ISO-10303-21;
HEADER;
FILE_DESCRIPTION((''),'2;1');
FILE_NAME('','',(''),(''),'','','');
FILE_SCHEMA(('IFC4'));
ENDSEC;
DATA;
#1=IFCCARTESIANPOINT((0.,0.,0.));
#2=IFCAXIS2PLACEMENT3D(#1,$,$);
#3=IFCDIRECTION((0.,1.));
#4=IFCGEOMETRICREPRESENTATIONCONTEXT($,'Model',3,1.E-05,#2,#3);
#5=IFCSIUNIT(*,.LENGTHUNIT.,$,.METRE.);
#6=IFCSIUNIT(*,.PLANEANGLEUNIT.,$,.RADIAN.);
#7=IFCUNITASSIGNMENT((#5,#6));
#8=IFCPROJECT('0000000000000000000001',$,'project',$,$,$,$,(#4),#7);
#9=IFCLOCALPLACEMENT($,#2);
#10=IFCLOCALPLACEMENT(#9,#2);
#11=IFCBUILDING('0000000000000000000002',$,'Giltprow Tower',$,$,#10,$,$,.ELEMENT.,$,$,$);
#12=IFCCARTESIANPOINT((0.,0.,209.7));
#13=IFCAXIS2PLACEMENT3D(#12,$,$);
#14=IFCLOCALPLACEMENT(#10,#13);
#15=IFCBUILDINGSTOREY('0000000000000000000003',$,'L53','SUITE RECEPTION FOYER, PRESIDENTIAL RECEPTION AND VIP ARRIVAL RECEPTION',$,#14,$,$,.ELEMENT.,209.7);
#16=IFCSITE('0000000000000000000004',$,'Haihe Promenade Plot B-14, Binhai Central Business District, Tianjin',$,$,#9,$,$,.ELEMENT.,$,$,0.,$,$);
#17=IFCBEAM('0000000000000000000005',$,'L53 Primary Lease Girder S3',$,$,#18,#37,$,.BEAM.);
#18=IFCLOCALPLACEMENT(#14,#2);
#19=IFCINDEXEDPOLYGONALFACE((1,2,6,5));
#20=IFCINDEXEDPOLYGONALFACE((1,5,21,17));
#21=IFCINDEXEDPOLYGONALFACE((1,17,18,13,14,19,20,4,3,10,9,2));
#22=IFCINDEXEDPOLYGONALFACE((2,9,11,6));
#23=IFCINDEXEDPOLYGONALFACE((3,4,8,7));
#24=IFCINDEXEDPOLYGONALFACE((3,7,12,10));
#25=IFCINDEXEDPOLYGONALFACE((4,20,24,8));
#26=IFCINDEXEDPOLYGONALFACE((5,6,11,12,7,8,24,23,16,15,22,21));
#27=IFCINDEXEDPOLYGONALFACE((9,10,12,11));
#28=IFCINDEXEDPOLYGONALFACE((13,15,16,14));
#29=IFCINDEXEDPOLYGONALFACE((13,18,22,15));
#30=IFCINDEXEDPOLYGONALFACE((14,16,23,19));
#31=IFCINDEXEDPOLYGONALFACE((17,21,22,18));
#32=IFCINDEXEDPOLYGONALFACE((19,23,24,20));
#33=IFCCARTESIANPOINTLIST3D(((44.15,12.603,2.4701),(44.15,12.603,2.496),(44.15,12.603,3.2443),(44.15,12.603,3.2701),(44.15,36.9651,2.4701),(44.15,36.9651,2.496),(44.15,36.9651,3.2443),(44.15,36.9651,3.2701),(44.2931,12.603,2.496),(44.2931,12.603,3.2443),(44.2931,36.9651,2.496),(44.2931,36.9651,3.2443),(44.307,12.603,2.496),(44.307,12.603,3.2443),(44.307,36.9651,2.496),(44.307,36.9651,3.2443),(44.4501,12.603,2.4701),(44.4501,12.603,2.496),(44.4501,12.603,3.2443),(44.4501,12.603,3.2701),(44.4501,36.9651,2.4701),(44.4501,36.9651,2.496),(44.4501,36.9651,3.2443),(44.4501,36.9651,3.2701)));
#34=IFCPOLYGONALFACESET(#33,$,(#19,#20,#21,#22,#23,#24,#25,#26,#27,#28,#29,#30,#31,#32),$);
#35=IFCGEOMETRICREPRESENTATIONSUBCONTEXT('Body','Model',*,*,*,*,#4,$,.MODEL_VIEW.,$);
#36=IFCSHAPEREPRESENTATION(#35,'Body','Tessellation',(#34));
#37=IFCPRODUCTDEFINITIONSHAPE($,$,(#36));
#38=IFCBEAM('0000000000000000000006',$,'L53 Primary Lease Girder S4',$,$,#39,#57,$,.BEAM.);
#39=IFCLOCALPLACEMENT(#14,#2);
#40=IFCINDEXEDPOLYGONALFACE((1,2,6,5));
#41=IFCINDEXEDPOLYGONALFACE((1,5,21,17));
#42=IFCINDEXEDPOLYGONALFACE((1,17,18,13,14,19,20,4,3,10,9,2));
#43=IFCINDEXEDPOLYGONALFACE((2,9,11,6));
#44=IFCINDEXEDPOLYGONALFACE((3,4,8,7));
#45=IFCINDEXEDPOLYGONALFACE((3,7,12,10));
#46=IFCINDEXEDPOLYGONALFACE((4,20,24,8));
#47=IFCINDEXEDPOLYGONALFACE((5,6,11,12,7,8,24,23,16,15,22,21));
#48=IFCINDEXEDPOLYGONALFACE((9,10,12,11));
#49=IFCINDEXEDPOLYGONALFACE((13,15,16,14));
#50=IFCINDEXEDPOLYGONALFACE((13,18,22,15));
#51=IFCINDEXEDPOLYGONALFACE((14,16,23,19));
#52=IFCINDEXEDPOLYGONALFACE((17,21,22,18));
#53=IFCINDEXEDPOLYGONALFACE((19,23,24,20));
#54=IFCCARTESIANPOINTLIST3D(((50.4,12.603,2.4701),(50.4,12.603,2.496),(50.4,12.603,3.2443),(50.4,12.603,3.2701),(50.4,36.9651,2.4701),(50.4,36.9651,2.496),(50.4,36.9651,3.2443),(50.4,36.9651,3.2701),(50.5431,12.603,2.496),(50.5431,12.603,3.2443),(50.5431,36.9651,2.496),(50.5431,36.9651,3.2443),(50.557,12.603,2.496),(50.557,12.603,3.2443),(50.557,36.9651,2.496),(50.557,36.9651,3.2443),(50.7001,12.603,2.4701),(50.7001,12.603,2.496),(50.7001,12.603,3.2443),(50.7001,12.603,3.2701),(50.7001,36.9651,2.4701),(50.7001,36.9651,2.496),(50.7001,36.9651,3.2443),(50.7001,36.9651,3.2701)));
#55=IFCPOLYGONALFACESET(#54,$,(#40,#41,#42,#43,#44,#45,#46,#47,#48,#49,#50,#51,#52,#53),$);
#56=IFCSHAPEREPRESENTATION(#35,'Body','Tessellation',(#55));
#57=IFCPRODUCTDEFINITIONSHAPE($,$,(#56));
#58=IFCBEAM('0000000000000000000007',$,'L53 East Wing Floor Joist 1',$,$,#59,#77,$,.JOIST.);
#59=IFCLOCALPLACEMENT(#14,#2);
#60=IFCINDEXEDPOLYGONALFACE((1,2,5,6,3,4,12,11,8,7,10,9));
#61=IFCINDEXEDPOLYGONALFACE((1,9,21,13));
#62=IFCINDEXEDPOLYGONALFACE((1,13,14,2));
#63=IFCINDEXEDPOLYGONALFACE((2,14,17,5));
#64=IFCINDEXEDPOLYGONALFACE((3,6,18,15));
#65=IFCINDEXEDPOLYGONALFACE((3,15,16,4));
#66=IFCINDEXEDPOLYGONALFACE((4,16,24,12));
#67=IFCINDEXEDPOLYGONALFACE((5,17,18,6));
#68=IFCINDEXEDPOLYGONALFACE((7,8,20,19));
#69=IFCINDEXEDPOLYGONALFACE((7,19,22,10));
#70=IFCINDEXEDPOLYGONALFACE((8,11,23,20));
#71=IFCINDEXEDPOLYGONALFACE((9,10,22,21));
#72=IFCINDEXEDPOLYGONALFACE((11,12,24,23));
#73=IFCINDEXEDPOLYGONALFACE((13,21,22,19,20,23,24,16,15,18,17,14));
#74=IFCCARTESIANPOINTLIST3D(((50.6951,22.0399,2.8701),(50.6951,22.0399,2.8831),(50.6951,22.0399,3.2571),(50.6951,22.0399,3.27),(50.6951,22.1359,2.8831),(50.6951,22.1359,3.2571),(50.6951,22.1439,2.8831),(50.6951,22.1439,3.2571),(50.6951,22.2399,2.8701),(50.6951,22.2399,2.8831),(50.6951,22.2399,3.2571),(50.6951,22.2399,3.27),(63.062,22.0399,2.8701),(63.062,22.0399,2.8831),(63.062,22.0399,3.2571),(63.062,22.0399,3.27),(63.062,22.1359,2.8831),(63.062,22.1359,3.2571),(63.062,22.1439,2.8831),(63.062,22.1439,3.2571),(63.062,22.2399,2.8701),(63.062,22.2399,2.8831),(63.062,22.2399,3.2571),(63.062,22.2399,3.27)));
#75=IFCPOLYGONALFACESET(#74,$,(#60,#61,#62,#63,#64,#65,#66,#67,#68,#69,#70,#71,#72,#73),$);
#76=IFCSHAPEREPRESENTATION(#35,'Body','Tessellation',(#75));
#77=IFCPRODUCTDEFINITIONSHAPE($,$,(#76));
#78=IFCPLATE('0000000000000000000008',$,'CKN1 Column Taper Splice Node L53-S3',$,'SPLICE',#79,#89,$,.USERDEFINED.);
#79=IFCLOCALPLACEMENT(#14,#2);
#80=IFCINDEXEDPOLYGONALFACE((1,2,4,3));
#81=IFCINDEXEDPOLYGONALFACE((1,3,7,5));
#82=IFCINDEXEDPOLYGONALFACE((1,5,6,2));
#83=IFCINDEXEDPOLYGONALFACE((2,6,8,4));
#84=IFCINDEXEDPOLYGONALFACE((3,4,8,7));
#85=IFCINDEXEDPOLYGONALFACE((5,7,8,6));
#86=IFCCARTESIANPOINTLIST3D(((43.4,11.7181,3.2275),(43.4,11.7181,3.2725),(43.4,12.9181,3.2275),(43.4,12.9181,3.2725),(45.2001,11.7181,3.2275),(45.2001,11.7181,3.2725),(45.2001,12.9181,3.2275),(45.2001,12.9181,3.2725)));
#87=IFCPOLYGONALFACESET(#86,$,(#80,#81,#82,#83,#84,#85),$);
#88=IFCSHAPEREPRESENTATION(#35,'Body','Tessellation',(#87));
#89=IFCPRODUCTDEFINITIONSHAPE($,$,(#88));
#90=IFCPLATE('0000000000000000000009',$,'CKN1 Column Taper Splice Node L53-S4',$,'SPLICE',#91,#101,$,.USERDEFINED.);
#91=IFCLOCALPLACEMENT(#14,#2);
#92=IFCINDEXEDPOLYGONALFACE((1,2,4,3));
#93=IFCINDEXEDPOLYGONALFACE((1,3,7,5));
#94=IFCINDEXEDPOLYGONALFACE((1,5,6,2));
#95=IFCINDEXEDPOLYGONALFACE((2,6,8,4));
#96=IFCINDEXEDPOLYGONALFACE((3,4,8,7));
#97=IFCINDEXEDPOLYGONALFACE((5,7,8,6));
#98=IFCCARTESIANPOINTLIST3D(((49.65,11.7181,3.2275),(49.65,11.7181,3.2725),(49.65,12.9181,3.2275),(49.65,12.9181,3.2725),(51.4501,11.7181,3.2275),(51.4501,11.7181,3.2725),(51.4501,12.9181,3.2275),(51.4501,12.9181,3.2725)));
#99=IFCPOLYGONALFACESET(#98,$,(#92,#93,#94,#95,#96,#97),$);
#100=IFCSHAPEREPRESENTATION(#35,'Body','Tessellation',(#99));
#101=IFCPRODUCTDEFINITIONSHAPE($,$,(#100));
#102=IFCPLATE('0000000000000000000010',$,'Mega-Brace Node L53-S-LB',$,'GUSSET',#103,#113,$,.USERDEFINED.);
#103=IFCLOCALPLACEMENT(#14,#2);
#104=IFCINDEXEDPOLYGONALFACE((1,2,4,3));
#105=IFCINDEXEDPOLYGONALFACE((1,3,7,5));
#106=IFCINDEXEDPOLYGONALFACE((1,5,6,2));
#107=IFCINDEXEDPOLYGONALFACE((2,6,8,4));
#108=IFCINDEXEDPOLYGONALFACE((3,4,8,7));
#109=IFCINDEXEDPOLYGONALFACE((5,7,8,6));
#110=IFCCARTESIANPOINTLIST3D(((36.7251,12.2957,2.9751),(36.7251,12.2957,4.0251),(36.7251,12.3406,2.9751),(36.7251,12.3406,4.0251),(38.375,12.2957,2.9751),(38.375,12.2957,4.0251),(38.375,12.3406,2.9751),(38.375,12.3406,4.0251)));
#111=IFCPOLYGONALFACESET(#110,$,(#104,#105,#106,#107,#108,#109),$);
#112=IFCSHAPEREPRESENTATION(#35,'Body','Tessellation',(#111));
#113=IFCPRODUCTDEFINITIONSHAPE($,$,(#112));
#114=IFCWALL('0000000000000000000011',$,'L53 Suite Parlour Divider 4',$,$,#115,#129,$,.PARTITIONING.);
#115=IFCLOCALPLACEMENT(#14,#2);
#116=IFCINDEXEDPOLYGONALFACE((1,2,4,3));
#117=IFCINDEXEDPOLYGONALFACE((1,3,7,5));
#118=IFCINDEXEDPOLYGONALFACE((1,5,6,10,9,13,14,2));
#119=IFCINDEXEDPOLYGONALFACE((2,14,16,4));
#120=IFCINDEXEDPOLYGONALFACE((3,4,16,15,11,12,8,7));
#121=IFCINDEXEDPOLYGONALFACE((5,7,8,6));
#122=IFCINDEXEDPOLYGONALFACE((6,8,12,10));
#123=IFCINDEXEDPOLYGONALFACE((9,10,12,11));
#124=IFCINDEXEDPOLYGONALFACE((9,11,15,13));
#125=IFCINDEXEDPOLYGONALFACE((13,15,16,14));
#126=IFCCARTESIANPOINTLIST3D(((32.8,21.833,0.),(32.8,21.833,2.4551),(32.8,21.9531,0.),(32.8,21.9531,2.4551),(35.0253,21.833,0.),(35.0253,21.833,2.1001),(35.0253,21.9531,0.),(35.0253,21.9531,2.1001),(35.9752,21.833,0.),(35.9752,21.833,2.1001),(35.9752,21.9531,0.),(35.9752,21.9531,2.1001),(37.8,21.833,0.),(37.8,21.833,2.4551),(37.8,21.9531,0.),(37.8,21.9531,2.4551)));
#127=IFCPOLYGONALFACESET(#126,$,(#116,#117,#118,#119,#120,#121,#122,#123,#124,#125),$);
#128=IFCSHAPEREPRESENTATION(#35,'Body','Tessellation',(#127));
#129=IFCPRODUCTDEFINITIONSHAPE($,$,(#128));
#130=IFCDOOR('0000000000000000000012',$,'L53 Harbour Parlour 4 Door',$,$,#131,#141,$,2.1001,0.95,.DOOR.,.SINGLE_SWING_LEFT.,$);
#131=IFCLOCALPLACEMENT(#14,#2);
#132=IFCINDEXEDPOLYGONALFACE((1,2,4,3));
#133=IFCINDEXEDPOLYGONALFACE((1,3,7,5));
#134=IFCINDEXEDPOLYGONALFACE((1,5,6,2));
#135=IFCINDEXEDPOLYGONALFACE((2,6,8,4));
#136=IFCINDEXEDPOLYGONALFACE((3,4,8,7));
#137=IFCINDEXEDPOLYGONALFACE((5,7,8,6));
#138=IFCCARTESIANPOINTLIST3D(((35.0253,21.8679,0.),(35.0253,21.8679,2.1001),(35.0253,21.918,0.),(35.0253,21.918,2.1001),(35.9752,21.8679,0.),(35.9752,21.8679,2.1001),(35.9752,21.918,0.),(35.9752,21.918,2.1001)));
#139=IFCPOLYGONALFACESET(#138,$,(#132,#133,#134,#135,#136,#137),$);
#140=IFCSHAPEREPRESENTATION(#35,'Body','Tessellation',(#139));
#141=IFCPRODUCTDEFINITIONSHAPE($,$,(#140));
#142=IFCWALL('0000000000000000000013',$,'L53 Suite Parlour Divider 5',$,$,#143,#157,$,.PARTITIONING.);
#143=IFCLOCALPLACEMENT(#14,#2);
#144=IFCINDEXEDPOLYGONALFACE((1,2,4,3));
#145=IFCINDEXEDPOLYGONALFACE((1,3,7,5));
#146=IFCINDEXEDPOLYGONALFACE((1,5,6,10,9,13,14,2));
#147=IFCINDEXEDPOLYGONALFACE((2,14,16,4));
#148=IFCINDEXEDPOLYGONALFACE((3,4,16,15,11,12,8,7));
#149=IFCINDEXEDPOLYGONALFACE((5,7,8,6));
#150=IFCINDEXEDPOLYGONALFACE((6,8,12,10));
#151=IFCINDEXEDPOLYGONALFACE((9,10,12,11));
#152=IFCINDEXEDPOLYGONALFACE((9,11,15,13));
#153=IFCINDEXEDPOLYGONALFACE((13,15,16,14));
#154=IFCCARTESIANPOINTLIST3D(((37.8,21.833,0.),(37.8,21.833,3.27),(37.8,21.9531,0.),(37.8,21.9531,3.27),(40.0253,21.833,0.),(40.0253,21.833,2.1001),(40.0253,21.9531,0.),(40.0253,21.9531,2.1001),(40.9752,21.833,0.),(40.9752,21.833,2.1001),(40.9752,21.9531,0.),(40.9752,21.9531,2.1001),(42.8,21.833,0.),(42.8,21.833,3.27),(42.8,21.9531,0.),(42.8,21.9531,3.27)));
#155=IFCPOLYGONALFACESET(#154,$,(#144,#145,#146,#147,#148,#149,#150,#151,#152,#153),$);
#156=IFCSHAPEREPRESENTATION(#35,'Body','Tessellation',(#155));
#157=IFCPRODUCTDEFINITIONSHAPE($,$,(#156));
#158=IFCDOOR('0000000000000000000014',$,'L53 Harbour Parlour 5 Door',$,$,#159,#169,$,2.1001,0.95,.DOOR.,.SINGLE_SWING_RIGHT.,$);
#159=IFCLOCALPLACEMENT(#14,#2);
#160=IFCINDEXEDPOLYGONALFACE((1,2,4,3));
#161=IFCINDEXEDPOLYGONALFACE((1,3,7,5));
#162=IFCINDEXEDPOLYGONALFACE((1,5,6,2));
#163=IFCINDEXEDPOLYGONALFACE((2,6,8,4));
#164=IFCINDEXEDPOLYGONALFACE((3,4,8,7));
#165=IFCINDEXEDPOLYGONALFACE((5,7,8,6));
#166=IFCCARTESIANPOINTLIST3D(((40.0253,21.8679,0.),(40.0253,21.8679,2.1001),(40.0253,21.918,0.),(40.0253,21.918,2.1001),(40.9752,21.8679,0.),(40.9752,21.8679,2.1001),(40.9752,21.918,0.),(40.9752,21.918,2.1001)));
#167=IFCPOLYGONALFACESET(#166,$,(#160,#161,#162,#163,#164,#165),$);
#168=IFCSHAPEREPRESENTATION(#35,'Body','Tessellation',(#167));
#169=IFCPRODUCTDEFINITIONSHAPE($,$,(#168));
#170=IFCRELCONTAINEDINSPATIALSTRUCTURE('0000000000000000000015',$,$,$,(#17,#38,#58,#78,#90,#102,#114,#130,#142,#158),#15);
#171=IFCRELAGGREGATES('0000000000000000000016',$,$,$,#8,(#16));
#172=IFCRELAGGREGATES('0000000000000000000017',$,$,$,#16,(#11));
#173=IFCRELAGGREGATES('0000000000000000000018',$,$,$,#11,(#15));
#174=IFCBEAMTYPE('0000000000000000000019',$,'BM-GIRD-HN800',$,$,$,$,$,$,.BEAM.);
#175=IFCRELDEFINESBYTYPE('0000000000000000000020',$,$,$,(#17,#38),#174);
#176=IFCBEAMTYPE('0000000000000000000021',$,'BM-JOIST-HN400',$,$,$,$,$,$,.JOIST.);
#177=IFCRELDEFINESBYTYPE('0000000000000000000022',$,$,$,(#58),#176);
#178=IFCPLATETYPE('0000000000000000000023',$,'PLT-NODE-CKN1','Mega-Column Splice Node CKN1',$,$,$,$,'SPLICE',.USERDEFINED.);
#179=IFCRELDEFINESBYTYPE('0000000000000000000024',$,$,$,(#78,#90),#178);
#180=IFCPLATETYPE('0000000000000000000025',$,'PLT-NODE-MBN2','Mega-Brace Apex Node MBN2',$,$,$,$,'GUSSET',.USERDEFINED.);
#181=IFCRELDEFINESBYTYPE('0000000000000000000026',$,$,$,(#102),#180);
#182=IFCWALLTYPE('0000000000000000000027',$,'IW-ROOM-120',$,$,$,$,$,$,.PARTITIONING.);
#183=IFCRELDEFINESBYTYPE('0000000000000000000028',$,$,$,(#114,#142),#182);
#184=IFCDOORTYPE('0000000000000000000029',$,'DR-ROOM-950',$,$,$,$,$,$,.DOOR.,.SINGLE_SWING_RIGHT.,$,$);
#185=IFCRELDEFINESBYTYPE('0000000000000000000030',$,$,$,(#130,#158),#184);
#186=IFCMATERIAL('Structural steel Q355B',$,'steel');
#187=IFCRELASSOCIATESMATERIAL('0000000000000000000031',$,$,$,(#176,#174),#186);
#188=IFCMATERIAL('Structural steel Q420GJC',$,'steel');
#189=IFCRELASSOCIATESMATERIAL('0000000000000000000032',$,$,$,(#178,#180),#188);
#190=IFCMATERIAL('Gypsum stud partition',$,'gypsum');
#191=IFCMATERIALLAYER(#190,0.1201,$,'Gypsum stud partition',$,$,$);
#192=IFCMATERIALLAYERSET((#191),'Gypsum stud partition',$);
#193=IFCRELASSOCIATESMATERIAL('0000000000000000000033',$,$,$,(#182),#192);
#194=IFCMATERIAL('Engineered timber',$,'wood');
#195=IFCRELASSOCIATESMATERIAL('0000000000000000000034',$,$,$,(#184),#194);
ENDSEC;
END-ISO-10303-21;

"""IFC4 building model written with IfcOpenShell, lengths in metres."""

from ifc_helpers import new_model, si_unit, direction, frame, frame_2d, origin, origin_2d, place, context, subcontext, project, spatial, rectangle, i_section, extrude, source, transform, mapped, material, layer, layer_set, material_profile, profile_set, type_object, element, fill, save


model = new_model("IFC4")

# Units and contexts
model_context = context("Model", 3, precision=1e-05, world=origin(), true_north=direction((0.0, 1.0)))
body_context = subcontext(model_context, "Body", "Model", "MODEL_VIEW")
ifc_project = project(units=[si_unit("LENGTHUNIT", "METRE"), si_unit("PLANEANGLEUNIT", "RADIAN")], contexts=[model_context])

# Site, building, storey
site_placement = place(None, origin())
site = spatial("IfcSite", under=ifc_project, at=site_placement, Name="Haihe Promenade Plot B-14, Binhai Central Business District, Tianjin", CompositionType="ELEMENT", RefElevation=0.0)
building_placement = place(site_placement, origin())
building = spatial("IfcBuilding", under=site, at=building_placement, Name="Giltprow Tower", CompositionType="ELEMENT")
storey_placement = place(building_placement, frame((0.0, 0.0, 209.7)))
storey = spatial("IfcBuildingStorey", under=building, at=storey_placement, Name="L53", Description="SUITE RECEPTION FOYER, PRESIDENTIAL RECEPTION AND VIP ARRIVAL RECEPTION", CompositionType="ELEMENT", Elevation=209.7)

# Beams
ifc_material_1 = material(Name="Structural steel Q355B", Category="steel")
ifc_material_profile_1 = material_profile(ifc_material_1, i_section(OverallWidth=0.2, OverallDepth=0.3999, WebThickness=0.0081, FlangeThickness=0.0129, at=origin_2d()), Name="HN 400x200x8x13")
ifc_profile_set_1 = profile_set([ifc_material_profile_1], Name="Structural steel Q355B")
beam_type_1 = type_object("IfcBeamType", Name="BM-JOIST-HN400", PredefinedType="JOIST", material=ifc_profile_set_1)
ifc_material_profile_2 = material_profile(ifc_material_1, i_section(OverallWidth=0.3, OverallDepth=0.8, WebThickness=0.0139, FlangeThickness=0.0259, at=origin_2d()), Name="HN 800x300x14x26")
ifc_profile_set_2 = profile_set([ifc_material_profile_2], Name="Structural steel Q355B")
beam_type_2 = type_object("IfcBeamType", Name="BM-GIRD-HN800", PredefinedType="BEAM", material=ifc_profile_set_2)
shared_shape_1 = source(origin(), body_context, "Body", "SweptSolid", [
    extrude(i_section(OverallWidth=0.3, OverallDepth=0.8, WebThickness=0.0139, FlangeThickness=0.0259, at=origin_2d()), origin(), (0.0, 0.0, 1.0), 24.3621),
])
for number, where, z_axis, x_axis, name in (
    (1, (44.3, 12.603, 2.8701), (0.0, 1.0, 0.0), (-1.0, 0.0, 0.0), "L53 Primary Lease Girder S3"),
    (2, (50.55, 12.603, 2.8701), (0.0, 1.0, 0.0), (-1.0, 0.0, 0.0), "L53 Primary Lease Girder S4"),
):
    element("IfcBeam", number, at=place(storey_placement, frame(where, z_axis=z_axis, x_axis=x_axis)), inside=storey, type_object=beam_type_2, Name=name, PredefinedType="BEAM", context=body_context, shape_type="MappedRepresentation", body=[
        mapped(shared_shape_1, transform((0.0, 0.0, 0.0), x_axis=(1.0, 0.0, 0.0), y_axis=(0.0, 1.0, 0.0), z_axis=(0.0, 0.0, 1.0), scale=1.0)),
    ])
shared_shape_2 = source(origin(), body_context, "Body", "SweptSolid", [
    extrude(i_section(OverallWidth=0.2, OverallDepth=0.3999, WebThickness=0.0081, FlangeThickness=0.0129, at=origin_2d()), origin(), (0.0, 0.0, 1.0), 12.3669),
])
beam_1_placement = place(storey_placement, frame((50.6951, 22.1399, 3.0701), z_axis=(1.0, 0.0, 0.0), x_axis=(0.0, 1.0, 0.0)))
element("IfcBeam", 3, at=beam_1_placement, inside=storey, type_object=beam_type_1, Name="L53 East Wing Floor Joist 1", PredefinedType="JOIST", context=body_context, shape_type="MappedRepresentation", body=[
    mapped(shared_shape_2, transform((0.0, 0.0, 0.0), x_axis=(1.0, 0.0, 0.0), y_axis=(0.0, 1.0, 0.0), z_axis=(0.0, 0.0, 1.0), scale=1.0)),
])

# Plates
ifc_material_2 = material(Name="Structural steel Q420GJC", Category="steel")
plate_type_1 = type_object("IfcPlateType", Name="PLT-NODE-CKN1", Description="Mega-Column Splice Node CKN1", ElementType="SPLICE", PredefinedType="USERDEFINED", material=ifc_material_2)
shared_shape_3 = source(origin(), body_context, "Body", "SweptSolid", [
    extrude(rectangle(XDim=1.8, YDim=1.2, at=origin_2d()), origin(), (0.0, 0.0, 1.0), 0.0449),
])
for number, where, z_axis, x_axis, name in (
    (4, (44.3, 12.3181, 3.2275), (0.0, 0.0, 1.0), (1.0, 0.0, 0.0), "CKN1 Column Taper Splice Node L53-S3"),
    (5, (50.55, 12.3181, 3.2275), (0.0, 0.0, 1.0), (1.0, 0.0, 0.0), "CKN1 Column Taper Splice Node L53-S4"),
):
    element("IfcPlate", number, at=place(storey_placement, frame(where, z_axis=z_axis, x_axis=x_axis)), inside=storey, type_object=plate_type_1, Name=name, ObjectType="SPLICE", PredefinedType="USERDEFINED", context=body_context, shape_type="MappedRepresentation", body=[
        mapped(shared_shape_3, transform((0.0, 0.0, 0.0), x_axis=(1.0, 0.0, 0.0), y_axis=(0.0, 1.0, 0.0), z_axis=(0.0, 0.0, 1.0), scale=1.0)),
    ])
plate_type_2 = type_object("IfcPlateType", Name="PLT-NODE-MBN2", Description="Mega-Brace Apex Node MBN2", ElementType="GUSSET", PredefinedType="USERDEFINED", material=ifc_material_2)
shared_shape_4 = source(origin(), body_context, "Body", "SweptSolid", [
    extrude(rectangle(XDim=1.6499, YDim=0.0449, at=origin_2d()), origin(), (0.0, 0.0, 1.0), 1.05),
])
plate_placement = place(storey_placement, frame((37.55, 12.3181, 2.9751), z_axis=(0.0, 0.0, 1.0), x_axis=(1.0, 0.0, 0.0)))
element("IfcPlate", 6, at=plate_placement, inside=storey, type_object=plate_type_2, Name="Mega-Brace Node L53-S-LB", ObjectType="GUSSET", PredefinedType="USERDEFINED", context=body_context, shape_type="MappedRepresentation", body=[
    mapped(shared_shape_4, transform((0.0, 0.0, 0.0), x_axis=(1.0, 0.0, 0.0), y_axis=(0.0, 1.0, 0.0), z_axis=(0.0, 0.0, 1.0), scale=1.0)),
])

# Walls, openings, doors
ifc_material_3 = material(Name="Gypsum stud partition", Category="gypsum")
ifc_layer = layer(ifc_material_3, 0.1201, Name="Gypsum stud partition")
ifc_layer_set = layer_set([ifc_layer], Name="Gypsum stud partition")
wall_type = type_object("IfcWallType", Name="IW-ROOM-120", PredefinedType="PARTITIONING", material=ifc_layer_set)
wall_1_placement = place(storey_placement, frame((32.8, 21.8931, 0.0), z_axis=(0.0, 0.0, 1.0), x_axis=(1.0, 0.0, 0.0)))
wall_1 = element("IfcWall", 7, at=wall_1_placement, inside=storey, type_object=wall_type, Name="L53 Suite Parlour Divider 4", PredefinedType="PARTITIONING", context=body_context, shape_type="SweptSolid", body=[
    extrude(rectangle(XDim=5.0, YDim=0.1201, at=frame_2d((2.5, 0.0))), origin(), (0.0, 0.0, 1.0), 2.4551),
])
opening_1_placement = place(wall_1_placement, frame((2.2251, 0.0, 0.0)))
opening_1 = element("IfcOpeningElement", 8, at=opening_1_placement, cuts=wall_1, PredefinedType="OPENING", context=body_context, shape_type="SweptSolid", body=[
    extrude(rectangle(XDim=0.95, YDim=2.1001, at=frame_2d((0.4751, 1.05))), frame((0.0, 0.0701, 0.0), z_axis=(0.0, -1.0, 0.0), x_axis=(1.0, 0.0, 0.0)), (0.0, 0.0, 1.0), 0.1401),
])
ifc_material_4 = material(Name="Engineered timber", Category="wood")
door_type = type_object("IfcDoorType", Name="DR-ROOM-950", OperationType="SINGLE_SWING_RIGHT", PredefinedType="DOOR", material=ifc_material_4)
shared_shape_5 = source(origin(), body_context, "Body", "SweptSolid", [
    extrude(rectangle(XDim=0.95, YDim=2.1001, at=frame_2d((0.4751, 1.05))), frame((0.0, 0.0249, 0.0), z_axis=(0.0, -1.0, 0.0), x_axis=(1.0, 0.0, 0.0)), (0.0, 0.0, 1.0), 0.05),
])
door_1_placement = place(opening_1_placement, origin())
door_1 = element("IfcDoor", 9, at=door_1_placement, inside=storey, type_object=door_type, Name="L53 Harbour Parlour 4 Door", OperationType="SINGLE_SWING_LEFT", OverallHeight=2.1001, OverallWidth=0.95, PredefinedType="DOOR", context=body_context, shape_type="MappedRepresentation", body=[
    mapped(shared_shape_5, transform((0.0, 0.0, 0.0), x_axis=(1.0, 0.0, 0.0), y_axis=(0.0, 1.0, 0.0), z_axis=(0.0, 0.0, 1.0), scale=1.0)),
])
fill(opening_1, door_1)
wall_2_placement = place(storey_placement, frame((37.8, 21.8931, 0.0), z_axis=(0.0, 0.0, 1.0), x_axis=(1.0, 0.0, 0.0)))
wall_2 = element("IfcWall", 10, at=wall_2_placement, inside=storey, type_object=wall_type, Name="L53 Suite Parlour Divider 5", PredefinedType="PARTITIONING", context=body_context, shape_type="SweptSolid", body=[
    extrude(rectangle(XDim=5.0, YDim=0.1201, at=frame_2d((2.5, 0.0))), origin(), (0.0, 0.0, 1.0), 3.27),
])
opening_2_placement = place(wall_2_placement, frame((2.2251, 0.0, 0.0)))
opening_2 = element("IfcOpeningElement", 11, at=opening_2_placement, cuts=wall_2, PredefinedType="OPENING", context=body_context, shape_type="SweptSolid", body=[
    extrude(rectangle(XDim=0.95, YDim=2.1001, at=frame_2d((0.4751, 1.05))), frame((0.0, 0.0701, 0.0), z_axis=(0.0, -1.0, 0.0), x_axis=(1.0, 0.0, 0.0)), (0.0, 0.0, 1.0), 0.1401),
])
door_2_placement = place(opening_2_placement, origin())
door_2 = element("IfcDoor", 12, at=door_2_placement, inside=storey, type_object=door_type, Name="L53 Harbour Parlour 5 Door", OperationType="SINGLE_SWING_RIGHT", OverallHeight=2.1001, OverallWidth=0.95, PredefinedType="DOOR", context=body_context, shape_type="MappedRepresentation", body=[
    mapped(shared_shape_5, transform((0.0, 0.0, 0.0), x_axis=(1.0, 0.0, 0.0), y_axis=(0.0, 1.0, 0.0), z_axis=(0.0, 0.0, 1.0), scale=1.0)),
])
fill(opening_2, door_2)

save(model, "model.ifc")
